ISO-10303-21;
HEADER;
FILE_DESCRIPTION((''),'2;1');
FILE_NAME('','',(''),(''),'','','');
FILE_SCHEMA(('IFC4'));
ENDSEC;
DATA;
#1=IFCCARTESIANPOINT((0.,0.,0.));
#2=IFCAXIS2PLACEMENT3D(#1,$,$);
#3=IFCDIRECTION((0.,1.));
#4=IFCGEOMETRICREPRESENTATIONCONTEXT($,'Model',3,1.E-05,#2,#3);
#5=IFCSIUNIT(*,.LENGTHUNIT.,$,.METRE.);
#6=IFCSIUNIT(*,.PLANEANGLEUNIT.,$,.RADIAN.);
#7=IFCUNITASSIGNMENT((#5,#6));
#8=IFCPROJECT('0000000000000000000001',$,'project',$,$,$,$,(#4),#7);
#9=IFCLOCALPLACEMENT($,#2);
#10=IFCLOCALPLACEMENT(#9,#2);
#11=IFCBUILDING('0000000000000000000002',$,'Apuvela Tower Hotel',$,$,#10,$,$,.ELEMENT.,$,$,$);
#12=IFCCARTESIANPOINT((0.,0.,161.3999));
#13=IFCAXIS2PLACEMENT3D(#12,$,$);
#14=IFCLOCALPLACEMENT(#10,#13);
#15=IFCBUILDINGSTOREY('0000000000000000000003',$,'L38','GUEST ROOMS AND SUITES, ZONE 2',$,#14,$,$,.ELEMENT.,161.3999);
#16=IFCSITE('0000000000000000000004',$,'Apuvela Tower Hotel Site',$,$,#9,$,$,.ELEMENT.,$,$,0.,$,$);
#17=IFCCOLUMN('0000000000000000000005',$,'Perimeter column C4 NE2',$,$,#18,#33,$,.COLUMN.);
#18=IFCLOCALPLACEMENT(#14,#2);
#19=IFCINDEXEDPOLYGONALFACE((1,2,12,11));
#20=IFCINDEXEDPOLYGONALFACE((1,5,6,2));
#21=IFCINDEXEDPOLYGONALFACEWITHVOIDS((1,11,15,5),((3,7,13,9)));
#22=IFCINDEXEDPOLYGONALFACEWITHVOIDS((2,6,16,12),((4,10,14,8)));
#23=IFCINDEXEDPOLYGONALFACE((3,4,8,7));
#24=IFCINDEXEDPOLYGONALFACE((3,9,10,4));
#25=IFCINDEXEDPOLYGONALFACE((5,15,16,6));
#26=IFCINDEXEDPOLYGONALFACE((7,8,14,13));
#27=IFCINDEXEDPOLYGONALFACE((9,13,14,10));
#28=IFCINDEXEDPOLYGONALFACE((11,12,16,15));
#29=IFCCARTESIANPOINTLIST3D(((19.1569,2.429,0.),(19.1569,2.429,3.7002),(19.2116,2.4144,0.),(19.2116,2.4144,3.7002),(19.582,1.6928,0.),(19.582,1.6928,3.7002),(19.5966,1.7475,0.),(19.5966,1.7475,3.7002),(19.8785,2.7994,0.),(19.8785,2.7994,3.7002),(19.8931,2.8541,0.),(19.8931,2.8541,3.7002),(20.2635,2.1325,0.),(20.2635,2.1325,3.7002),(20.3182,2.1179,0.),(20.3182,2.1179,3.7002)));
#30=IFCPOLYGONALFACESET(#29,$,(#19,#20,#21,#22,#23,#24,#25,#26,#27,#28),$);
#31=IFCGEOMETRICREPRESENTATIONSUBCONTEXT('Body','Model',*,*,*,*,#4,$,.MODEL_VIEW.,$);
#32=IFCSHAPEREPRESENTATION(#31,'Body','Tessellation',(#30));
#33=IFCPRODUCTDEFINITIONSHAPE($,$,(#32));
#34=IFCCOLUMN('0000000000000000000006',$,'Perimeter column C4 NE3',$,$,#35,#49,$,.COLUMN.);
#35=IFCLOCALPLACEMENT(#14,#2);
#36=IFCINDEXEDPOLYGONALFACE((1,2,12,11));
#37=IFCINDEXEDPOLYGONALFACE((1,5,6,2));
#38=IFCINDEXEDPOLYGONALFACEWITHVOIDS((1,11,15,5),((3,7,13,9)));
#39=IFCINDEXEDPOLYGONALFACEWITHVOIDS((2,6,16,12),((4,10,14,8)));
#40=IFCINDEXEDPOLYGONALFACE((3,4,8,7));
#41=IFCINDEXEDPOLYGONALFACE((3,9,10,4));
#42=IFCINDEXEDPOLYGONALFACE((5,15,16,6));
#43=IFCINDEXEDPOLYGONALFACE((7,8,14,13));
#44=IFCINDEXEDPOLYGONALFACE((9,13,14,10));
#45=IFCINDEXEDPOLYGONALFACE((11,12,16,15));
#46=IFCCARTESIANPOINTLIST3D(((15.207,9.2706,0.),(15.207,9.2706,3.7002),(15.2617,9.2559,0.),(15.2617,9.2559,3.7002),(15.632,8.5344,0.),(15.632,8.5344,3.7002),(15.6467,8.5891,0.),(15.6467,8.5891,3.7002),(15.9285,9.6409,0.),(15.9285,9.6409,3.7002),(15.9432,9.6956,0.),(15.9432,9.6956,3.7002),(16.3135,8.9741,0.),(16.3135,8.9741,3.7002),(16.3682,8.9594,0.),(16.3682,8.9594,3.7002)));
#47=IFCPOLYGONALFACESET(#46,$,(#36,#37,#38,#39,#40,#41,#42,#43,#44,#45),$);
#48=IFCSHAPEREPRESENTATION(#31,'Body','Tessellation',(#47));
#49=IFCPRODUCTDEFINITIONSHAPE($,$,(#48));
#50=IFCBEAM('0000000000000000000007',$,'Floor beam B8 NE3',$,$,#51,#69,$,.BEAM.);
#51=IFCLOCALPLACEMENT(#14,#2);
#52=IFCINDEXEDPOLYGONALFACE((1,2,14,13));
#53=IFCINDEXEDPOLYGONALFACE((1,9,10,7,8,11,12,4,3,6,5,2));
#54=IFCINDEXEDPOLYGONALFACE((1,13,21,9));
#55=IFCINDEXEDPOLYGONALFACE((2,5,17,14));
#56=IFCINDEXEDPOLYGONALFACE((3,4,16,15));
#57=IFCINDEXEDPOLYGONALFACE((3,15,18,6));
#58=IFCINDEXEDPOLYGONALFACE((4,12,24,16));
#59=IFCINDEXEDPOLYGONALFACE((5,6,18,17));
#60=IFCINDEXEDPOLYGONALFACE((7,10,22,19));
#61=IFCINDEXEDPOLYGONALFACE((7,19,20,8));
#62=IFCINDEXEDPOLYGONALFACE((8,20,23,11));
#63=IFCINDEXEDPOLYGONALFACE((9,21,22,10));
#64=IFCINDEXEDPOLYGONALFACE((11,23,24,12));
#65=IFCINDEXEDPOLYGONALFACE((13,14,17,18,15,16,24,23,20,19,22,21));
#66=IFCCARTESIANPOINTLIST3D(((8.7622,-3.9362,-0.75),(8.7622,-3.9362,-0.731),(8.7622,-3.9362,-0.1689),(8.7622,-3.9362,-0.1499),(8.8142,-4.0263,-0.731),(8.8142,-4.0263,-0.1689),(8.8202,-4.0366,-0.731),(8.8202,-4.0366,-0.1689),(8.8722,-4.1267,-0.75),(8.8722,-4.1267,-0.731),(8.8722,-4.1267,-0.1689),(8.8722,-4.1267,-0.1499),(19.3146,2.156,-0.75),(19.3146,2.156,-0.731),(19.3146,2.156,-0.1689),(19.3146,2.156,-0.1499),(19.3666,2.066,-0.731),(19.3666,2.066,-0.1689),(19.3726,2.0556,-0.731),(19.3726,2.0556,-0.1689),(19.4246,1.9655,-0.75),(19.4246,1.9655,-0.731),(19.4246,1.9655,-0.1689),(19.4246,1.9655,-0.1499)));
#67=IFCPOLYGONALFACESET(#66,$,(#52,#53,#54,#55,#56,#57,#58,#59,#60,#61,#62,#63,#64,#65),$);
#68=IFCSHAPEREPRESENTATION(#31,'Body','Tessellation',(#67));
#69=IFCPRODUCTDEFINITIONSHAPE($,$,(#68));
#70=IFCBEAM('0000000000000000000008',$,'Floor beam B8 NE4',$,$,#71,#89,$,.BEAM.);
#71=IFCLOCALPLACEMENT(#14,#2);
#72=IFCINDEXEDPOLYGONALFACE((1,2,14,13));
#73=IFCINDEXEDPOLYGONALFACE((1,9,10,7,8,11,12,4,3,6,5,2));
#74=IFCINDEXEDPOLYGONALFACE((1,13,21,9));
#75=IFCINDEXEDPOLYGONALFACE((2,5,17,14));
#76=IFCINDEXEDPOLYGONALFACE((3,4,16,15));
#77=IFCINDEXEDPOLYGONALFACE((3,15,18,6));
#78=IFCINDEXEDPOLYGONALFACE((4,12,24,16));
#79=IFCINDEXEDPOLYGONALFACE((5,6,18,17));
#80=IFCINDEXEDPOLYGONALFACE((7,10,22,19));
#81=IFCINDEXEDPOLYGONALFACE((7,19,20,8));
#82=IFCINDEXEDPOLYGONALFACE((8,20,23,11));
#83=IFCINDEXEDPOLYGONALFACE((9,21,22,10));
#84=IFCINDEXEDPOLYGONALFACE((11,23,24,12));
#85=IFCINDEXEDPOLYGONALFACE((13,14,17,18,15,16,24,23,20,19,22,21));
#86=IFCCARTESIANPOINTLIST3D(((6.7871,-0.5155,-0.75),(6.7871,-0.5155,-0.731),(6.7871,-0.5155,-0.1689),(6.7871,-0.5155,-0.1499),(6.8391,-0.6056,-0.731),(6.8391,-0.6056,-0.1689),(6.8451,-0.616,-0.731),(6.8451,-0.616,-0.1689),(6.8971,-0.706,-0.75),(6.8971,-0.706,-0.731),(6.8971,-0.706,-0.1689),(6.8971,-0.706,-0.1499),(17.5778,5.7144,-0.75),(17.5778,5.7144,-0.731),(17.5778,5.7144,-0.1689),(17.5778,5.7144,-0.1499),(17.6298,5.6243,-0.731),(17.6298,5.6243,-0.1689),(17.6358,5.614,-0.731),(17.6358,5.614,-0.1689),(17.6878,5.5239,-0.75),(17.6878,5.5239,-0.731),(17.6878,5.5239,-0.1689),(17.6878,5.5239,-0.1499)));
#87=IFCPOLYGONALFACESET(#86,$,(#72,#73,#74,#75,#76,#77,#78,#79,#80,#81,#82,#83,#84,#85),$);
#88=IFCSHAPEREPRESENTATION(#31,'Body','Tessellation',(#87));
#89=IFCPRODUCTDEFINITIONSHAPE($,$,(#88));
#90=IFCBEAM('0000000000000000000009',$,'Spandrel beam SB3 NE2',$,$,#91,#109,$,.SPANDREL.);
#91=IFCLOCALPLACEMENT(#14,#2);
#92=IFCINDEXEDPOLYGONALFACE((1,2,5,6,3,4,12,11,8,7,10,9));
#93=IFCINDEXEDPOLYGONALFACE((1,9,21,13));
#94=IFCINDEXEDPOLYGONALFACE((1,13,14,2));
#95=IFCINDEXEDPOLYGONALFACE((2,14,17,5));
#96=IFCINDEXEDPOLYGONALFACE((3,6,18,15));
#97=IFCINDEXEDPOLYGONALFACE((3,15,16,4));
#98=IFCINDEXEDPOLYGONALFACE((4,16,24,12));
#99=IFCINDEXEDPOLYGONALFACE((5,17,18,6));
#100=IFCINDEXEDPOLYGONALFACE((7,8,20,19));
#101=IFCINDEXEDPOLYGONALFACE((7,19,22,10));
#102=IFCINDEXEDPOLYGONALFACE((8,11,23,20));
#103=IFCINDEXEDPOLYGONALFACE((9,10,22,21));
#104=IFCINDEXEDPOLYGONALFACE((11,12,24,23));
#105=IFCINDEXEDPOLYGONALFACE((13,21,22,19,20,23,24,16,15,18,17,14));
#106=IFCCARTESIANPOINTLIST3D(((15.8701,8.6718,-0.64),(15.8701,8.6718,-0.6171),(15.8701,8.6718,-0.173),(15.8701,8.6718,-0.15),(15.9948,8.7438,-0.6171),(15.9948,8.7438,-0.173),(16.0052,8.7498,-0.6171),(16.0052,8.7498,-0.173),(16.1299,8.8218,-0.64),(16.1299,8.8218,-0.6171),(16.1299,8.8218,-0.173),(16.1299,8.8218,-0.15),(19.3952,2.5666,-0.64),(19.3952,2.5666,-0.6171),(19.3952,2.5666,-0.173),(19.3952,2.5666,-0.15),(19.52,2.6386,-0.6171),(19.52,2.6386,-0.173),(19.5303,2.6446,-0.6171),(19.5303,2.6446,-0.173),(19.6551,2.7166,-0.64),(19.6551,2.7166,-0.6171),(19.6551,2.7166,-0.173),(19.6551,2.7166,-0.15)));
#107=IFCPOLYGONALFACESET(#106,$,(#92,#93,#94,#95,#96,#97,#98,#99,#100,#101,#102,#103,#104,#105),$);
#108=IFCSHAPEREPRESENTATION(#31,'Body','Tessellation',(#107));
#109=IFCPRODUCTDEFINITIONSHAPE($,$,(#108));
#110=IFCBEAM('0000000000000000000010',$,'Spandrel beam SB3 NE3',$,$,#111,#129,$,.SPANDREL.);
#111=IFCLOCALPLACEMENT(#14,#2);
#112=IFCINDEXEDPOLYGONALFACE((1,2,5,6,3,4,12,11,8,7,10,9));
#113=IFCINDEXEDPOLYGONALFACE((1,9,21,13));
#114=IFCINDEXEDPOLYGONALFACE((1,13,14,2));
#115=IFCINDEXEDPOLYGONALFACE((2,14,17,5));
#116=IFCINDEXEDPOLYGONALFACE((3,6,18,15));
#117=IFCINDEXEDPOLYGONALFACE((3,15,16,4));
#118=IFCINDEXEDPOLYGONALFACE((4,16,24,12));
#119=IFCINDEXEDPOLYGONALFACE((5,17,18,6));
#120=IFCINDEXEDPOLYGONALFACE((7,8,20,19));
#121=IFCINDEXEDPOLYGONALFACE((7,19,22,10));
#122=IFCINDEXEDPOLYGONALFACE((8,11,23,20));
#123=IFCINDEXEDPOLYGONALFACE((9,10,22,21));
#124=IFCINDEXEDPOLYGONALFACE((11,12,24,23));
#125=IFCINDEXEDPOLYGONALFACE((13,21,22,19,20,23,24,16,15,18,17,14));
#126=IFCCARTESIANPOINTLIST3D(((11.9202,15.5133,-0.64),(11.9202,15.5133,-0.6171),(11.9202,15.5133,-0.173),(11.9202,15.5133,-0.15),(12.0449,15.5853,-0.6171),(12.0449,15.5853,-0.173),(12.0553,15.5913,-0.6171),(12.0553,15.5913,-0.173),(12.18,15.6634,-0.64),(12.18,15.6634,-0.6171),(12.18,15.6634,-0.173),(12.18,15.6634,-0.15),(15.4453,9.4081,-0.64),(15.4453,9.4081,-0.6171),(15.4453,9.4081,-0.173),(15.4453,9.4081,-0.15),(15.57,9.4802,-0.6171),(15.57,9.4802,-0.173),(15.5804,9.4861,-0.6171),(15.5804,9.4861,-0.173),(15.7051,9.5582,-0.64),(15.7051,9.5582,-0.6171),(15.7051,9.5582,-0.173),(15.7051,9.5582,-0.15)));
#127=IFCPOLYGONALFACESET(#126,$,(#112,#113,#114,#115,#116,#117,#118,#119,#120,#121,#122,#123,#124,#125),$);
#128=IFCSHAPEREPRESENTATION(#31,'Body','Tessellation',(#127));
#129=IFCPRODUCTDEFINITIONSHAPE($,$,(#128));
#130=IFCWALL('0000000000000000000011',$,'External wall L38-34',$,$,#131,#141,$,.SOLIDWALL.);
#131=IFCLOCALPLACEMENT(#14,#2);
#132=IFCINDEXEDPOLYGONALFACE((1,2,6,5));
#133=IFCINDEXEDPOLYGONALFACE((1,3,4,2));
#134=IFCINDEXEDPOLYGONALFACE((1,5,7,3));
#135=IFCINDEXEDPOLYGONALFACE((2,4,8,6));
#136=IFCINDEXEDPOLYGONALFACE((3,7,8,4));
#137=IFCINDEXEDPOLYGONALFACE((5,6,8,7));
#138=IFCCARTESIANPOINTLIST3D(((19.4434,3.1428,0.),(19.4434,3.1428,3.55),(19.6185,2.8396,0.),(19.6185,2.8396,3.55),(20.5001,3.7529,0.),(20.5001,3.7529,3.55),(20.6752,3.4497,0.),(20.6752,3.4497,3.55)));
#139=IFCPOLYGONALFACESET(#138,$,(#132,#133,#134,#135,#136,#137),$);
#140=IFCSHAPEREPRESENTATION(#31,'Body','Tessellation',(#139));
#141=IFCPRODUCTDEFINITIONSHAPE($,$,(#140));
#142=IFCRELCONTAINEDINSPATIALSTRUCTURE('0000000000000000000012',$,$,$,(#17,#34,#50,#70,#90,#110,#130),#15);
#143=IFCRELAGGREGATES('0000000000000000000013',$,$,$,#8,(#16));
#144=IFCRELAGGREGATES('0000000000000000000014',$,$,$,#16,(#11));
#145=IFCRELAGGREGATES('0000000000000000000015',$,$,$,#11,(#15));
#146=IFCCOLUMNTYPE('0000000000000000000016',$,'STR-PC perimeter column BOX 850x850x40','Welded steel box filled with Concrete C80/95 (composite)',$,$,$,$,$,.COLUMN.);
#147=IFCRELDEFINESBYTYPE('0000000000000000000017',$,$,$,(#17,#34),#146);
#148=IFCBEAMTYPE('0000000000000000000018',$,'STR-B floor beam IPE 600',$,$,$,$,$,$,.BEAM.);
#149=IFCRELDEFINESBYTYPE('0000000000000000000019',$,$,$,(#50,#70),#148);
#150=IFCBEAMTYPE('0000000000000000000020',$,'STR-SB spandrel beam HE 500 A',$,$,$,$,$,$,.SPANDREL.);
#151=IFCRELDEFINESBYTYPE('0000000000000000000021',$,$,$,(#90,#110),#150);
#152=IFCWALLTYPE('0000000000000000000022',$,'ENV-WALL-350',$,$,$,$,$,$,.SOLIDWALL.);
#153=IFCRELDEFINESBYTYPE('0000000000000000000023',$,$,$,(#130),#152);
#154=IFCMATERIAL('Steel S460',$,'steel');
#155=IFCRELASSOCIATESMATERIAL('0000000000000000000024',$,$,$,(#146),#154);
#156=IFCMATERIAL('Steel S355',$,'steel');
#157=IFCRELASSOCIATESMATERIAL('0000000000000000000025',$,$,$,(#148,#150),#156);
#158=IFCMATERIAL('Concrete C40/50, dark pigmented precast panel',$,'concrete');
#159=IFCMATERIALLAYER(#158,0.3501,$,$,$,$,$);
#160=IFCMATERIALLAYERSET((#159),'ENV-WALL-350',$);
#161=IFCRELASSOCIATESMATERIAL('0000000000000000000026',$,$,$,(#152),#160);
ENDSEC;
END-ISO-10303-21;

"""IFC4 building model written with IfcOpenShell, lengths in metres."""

from ifc_helpers import new_model, si_unit, direction, frame, frame_2d, origin, origin_2d, place, context, subcontext, project, spatial, rectangle, hollow_rectangle, i_section, extrude, material, layer, layer_set, material_profile, profile_set, type_object, element, save


model = new_model("IFC4")

# Units and contexts
model_context = context("Model", 3, precision=1e-05, world=origin(), true_north=direction((0.0, 1.0)))
body_context = subcontext(model_context, "Body", "Model", "MODEL_VIEW")
ifc_project = project(units=[si_unit("LENGTHUNIT", "METRE"), si_unit("PLANEANGLEUNIT", "RADIAN")], contexts=[model_context])

# Site, building, storey
site_placement = place(None, origin())
site = spatial("IfcSite", under=ifc_project, at=site_placement, Name="Apuvela Tower Hotel Site", CompositionType="ELEMENT", RefElevation=0.0)
building_placement = place(site_placement, origin())
building = spatial("IfcBuilding", under=site, at=building_placement, Name="Apuvela Tower Hotel", CompositionType="ELEMENT")
storey_placement = place(building_placement, frame((0.0, 0.0, 161.3999)))
storey = spatial("IfcBuildingStorey", under=building, at=storey_placement, Name="L38", Description="GUEST ROOMS AND SUITES, ZONE 2", CompositionType="ELEMENT", Elevation=161.3999)

# Columns
ifc_material_1 = material(Name="Steel S460", Category="steel")
ifc_material_profile_1 = material_profile(ifc_material_1, hollow_rectangle(XDim=0.8501, YDim=0.8501, WallThickness=0.04, at=origin_2d()), Name="BOX 850x850x40")
ifc_material_2 = material(Name="Concrete C80/95", Category="concrete")
ifc_material_profile_2 = material_profile(ifc_material_2, rectangle(XDim=0.77, YDim=0.77, at=origin_2d()), Name="Concrete C80/95 infill")
ifc_profile_set_1 = profile_set([ifc_material_profile_1, ifc_material_profile_2], Name="Steel S460")
column_type = type_object("IfcColumnType", Name="STR-PC perimeter column BOX 850x850x40", Description="Welded steel box filled with Concrete C80/95 (composite)", PredefinedType="COLUMN", material=ifc_profile_set_1)
for number, where, z_axis, x_axis, name in (
    (1, (19.7375, 2.2734, 0.0), (0.0, 0.0, 1.0), (-0.5, 0.866025, 0.0), "Perimeter column C4 NE2"),
    (2, (15.7876, 9.115, 0.0), (0.0, 0.0, 1.0), (-0.5, 0.866025, 0.0), "Perimeter column C4 NE3"),
):
    element("IfcColumn", number, at=place(storey_placement, frame(where, z_axis=z_axis, x_axis=x_axis)), inside=storey, type_object=column_type, Name=name, PredefinedType="COLUMN", context=body_context, shape_type="SweptSolid", body=[
        extrude(hollow_rectangle(XDim=0.8501, YDim=0.8501, WallThickness=0.04, at=origin_2d()), origin(), (0.0, 0.0, 1.0), 3.7002),
    ])

# Beams
ifc_material_3 = material(Name="Steel S355", Category="steel")
ifc_material_profile_3 = material_profile(ifc_material_3, i_section(OverallWidth=0.22, OverallDepth=0.6001, WebThickness=0.012, FlangeThickness=0.019, at=origin_2d()), Name="IPE 600")
ifc_profile_set_2 = profile_set([ifc_material_profile_3], Name="Steel S355")
beam_type_1 = type_object("IfcBeamType", Name="STR-B floor beam IPE 600", PredefinedType="BEAM", material=ifc_profile_set_2)
beam_1_placement = place(storey_placement, frame((19.3696, 2.0608, -0.45), z_axis=(-0.866032, -0.499988, 0.0), x_axis=(0.499988, -0.866032, 0.0)))
element("IfcBeam", 3, at=beam_1_placement, inside=storey, type_object=beam_type_1, Name="Floor beam B8 NE3", PredefinedType="BEAM", context=body_context, shape_type="SweptSolid", body=[
    extrude(i_section(OverallWidth=0.22, OverallDepth=0.6001, WebThickness=0.012, FlangeThickness=0.019, at=origin_2d()), origin(), (0.0, 0.0, 1.0), 12.1848),
])
beam_2_placement = place(storey_placement, frame((17.6328, 5.6191, -0.45), z_axis=(-0.866028, -0.499996, 0.0), x_axis=(0.499996, -0.866028, 0.0)))
element("IfcBeam", 4, at=beam_2_placement, inside=storey, type_object=beam_type_1, Name="Floor beam B8 NE4", PredefinedType="BEAM", context=body_context, shape_type="SweptSolid", body=[
    extrude(i_section(OverallWidth=0.22, OverallDepth=0.6001, WebThickness=0.012, FlangeThickness=0.019, at=origin_2d()), origin(), (0.0, 0.0, 1.0), 12.46),
])
ifc_material_profile_4 = material_profile(ifc_material_3, i_section(OverallWidth=0.3, OverallDepth=0.49, WebThickness=0.012, FlangeThickness=0.0229, at=origin_2d()), Name="HE 500 A")
ifc_profile_set_3 = profile_set([ifc_material_profile_4], Name="Steel S355")
beam_type_2 = type_object("IfcBeamType", Name="STR-SB spandrel beam HE 500 A", PredefinedType="SPANDREL", material=ifc_profile_set_3)
for number, where, z_axis, x_axis, name in (
    (5, (19.5251, 2.6416, -0.395), (-0.500031, 0.866007, 0.0), (-0.866007, -0.500031, 0.0), "Spandrel beam SB3 NE2"),
    (6, (15.5752, 9.4832, -0.395), (-0.500031, 0.866007, 0.0), (-0.866007, -0.500031, 0.0), "Spandrel beam SB3 NE3"),
):
    element("IfcBeam", number, at=place(storey_placement, frame(where, z_axis=z_axis, x_axis=x_axis)), inside=storey, type_object=beam_type_2, Name=name, PredefinedType="SPANDREL", context=body_context, shape_type="SweptSolid", body=[
        extrude(i_section(OverallWidth=0.3, OverallDepth=0.49, WebThickness=0.012, FlangeThickness=0.0229, at=origin_2d()), origin(), (0.0, 0.0, 1.0), 7.0498),
    ])

# Wall
ifc_material_4 = material(Name="Concrete C40/50, dark pigmented precast panel", Category="concrete")
ifc_layer_1 = layer(ifc_material_4, 0.3501)
ifc_layer_set_1 = layer_set([ifc_layer_1], Name="ENV-WALL-350")
wall_type_1 = type_object("IfcWallType", Name="ENV-WALL-350", PredefinedType="SOLIDWALL", material=ifc_layer_set_1)
wall_1_placement = place(storey_placement, frame((20.5876, 3.6013, 0.0), z_axis=(0.0, 0.0, 1.0), x_axis=(-0.866006, -0.500034, 0.0)))
element("IfcWall", 7, at=wall_1_placement, inside=storey, type_object=wall_type_1, Name="External wall L38-34", PredefinedType="SOLIDWALL", context=body_context, shape_type="SweptSolid", body=[
    extrude(rectangle(XDim=1.2202, YDim=0.3501, at=frame_2d((0.6101, 0.0))), origin(), (0.0, 0.0, 1.0), 3.55),
])

save(model, "model.ifc")
